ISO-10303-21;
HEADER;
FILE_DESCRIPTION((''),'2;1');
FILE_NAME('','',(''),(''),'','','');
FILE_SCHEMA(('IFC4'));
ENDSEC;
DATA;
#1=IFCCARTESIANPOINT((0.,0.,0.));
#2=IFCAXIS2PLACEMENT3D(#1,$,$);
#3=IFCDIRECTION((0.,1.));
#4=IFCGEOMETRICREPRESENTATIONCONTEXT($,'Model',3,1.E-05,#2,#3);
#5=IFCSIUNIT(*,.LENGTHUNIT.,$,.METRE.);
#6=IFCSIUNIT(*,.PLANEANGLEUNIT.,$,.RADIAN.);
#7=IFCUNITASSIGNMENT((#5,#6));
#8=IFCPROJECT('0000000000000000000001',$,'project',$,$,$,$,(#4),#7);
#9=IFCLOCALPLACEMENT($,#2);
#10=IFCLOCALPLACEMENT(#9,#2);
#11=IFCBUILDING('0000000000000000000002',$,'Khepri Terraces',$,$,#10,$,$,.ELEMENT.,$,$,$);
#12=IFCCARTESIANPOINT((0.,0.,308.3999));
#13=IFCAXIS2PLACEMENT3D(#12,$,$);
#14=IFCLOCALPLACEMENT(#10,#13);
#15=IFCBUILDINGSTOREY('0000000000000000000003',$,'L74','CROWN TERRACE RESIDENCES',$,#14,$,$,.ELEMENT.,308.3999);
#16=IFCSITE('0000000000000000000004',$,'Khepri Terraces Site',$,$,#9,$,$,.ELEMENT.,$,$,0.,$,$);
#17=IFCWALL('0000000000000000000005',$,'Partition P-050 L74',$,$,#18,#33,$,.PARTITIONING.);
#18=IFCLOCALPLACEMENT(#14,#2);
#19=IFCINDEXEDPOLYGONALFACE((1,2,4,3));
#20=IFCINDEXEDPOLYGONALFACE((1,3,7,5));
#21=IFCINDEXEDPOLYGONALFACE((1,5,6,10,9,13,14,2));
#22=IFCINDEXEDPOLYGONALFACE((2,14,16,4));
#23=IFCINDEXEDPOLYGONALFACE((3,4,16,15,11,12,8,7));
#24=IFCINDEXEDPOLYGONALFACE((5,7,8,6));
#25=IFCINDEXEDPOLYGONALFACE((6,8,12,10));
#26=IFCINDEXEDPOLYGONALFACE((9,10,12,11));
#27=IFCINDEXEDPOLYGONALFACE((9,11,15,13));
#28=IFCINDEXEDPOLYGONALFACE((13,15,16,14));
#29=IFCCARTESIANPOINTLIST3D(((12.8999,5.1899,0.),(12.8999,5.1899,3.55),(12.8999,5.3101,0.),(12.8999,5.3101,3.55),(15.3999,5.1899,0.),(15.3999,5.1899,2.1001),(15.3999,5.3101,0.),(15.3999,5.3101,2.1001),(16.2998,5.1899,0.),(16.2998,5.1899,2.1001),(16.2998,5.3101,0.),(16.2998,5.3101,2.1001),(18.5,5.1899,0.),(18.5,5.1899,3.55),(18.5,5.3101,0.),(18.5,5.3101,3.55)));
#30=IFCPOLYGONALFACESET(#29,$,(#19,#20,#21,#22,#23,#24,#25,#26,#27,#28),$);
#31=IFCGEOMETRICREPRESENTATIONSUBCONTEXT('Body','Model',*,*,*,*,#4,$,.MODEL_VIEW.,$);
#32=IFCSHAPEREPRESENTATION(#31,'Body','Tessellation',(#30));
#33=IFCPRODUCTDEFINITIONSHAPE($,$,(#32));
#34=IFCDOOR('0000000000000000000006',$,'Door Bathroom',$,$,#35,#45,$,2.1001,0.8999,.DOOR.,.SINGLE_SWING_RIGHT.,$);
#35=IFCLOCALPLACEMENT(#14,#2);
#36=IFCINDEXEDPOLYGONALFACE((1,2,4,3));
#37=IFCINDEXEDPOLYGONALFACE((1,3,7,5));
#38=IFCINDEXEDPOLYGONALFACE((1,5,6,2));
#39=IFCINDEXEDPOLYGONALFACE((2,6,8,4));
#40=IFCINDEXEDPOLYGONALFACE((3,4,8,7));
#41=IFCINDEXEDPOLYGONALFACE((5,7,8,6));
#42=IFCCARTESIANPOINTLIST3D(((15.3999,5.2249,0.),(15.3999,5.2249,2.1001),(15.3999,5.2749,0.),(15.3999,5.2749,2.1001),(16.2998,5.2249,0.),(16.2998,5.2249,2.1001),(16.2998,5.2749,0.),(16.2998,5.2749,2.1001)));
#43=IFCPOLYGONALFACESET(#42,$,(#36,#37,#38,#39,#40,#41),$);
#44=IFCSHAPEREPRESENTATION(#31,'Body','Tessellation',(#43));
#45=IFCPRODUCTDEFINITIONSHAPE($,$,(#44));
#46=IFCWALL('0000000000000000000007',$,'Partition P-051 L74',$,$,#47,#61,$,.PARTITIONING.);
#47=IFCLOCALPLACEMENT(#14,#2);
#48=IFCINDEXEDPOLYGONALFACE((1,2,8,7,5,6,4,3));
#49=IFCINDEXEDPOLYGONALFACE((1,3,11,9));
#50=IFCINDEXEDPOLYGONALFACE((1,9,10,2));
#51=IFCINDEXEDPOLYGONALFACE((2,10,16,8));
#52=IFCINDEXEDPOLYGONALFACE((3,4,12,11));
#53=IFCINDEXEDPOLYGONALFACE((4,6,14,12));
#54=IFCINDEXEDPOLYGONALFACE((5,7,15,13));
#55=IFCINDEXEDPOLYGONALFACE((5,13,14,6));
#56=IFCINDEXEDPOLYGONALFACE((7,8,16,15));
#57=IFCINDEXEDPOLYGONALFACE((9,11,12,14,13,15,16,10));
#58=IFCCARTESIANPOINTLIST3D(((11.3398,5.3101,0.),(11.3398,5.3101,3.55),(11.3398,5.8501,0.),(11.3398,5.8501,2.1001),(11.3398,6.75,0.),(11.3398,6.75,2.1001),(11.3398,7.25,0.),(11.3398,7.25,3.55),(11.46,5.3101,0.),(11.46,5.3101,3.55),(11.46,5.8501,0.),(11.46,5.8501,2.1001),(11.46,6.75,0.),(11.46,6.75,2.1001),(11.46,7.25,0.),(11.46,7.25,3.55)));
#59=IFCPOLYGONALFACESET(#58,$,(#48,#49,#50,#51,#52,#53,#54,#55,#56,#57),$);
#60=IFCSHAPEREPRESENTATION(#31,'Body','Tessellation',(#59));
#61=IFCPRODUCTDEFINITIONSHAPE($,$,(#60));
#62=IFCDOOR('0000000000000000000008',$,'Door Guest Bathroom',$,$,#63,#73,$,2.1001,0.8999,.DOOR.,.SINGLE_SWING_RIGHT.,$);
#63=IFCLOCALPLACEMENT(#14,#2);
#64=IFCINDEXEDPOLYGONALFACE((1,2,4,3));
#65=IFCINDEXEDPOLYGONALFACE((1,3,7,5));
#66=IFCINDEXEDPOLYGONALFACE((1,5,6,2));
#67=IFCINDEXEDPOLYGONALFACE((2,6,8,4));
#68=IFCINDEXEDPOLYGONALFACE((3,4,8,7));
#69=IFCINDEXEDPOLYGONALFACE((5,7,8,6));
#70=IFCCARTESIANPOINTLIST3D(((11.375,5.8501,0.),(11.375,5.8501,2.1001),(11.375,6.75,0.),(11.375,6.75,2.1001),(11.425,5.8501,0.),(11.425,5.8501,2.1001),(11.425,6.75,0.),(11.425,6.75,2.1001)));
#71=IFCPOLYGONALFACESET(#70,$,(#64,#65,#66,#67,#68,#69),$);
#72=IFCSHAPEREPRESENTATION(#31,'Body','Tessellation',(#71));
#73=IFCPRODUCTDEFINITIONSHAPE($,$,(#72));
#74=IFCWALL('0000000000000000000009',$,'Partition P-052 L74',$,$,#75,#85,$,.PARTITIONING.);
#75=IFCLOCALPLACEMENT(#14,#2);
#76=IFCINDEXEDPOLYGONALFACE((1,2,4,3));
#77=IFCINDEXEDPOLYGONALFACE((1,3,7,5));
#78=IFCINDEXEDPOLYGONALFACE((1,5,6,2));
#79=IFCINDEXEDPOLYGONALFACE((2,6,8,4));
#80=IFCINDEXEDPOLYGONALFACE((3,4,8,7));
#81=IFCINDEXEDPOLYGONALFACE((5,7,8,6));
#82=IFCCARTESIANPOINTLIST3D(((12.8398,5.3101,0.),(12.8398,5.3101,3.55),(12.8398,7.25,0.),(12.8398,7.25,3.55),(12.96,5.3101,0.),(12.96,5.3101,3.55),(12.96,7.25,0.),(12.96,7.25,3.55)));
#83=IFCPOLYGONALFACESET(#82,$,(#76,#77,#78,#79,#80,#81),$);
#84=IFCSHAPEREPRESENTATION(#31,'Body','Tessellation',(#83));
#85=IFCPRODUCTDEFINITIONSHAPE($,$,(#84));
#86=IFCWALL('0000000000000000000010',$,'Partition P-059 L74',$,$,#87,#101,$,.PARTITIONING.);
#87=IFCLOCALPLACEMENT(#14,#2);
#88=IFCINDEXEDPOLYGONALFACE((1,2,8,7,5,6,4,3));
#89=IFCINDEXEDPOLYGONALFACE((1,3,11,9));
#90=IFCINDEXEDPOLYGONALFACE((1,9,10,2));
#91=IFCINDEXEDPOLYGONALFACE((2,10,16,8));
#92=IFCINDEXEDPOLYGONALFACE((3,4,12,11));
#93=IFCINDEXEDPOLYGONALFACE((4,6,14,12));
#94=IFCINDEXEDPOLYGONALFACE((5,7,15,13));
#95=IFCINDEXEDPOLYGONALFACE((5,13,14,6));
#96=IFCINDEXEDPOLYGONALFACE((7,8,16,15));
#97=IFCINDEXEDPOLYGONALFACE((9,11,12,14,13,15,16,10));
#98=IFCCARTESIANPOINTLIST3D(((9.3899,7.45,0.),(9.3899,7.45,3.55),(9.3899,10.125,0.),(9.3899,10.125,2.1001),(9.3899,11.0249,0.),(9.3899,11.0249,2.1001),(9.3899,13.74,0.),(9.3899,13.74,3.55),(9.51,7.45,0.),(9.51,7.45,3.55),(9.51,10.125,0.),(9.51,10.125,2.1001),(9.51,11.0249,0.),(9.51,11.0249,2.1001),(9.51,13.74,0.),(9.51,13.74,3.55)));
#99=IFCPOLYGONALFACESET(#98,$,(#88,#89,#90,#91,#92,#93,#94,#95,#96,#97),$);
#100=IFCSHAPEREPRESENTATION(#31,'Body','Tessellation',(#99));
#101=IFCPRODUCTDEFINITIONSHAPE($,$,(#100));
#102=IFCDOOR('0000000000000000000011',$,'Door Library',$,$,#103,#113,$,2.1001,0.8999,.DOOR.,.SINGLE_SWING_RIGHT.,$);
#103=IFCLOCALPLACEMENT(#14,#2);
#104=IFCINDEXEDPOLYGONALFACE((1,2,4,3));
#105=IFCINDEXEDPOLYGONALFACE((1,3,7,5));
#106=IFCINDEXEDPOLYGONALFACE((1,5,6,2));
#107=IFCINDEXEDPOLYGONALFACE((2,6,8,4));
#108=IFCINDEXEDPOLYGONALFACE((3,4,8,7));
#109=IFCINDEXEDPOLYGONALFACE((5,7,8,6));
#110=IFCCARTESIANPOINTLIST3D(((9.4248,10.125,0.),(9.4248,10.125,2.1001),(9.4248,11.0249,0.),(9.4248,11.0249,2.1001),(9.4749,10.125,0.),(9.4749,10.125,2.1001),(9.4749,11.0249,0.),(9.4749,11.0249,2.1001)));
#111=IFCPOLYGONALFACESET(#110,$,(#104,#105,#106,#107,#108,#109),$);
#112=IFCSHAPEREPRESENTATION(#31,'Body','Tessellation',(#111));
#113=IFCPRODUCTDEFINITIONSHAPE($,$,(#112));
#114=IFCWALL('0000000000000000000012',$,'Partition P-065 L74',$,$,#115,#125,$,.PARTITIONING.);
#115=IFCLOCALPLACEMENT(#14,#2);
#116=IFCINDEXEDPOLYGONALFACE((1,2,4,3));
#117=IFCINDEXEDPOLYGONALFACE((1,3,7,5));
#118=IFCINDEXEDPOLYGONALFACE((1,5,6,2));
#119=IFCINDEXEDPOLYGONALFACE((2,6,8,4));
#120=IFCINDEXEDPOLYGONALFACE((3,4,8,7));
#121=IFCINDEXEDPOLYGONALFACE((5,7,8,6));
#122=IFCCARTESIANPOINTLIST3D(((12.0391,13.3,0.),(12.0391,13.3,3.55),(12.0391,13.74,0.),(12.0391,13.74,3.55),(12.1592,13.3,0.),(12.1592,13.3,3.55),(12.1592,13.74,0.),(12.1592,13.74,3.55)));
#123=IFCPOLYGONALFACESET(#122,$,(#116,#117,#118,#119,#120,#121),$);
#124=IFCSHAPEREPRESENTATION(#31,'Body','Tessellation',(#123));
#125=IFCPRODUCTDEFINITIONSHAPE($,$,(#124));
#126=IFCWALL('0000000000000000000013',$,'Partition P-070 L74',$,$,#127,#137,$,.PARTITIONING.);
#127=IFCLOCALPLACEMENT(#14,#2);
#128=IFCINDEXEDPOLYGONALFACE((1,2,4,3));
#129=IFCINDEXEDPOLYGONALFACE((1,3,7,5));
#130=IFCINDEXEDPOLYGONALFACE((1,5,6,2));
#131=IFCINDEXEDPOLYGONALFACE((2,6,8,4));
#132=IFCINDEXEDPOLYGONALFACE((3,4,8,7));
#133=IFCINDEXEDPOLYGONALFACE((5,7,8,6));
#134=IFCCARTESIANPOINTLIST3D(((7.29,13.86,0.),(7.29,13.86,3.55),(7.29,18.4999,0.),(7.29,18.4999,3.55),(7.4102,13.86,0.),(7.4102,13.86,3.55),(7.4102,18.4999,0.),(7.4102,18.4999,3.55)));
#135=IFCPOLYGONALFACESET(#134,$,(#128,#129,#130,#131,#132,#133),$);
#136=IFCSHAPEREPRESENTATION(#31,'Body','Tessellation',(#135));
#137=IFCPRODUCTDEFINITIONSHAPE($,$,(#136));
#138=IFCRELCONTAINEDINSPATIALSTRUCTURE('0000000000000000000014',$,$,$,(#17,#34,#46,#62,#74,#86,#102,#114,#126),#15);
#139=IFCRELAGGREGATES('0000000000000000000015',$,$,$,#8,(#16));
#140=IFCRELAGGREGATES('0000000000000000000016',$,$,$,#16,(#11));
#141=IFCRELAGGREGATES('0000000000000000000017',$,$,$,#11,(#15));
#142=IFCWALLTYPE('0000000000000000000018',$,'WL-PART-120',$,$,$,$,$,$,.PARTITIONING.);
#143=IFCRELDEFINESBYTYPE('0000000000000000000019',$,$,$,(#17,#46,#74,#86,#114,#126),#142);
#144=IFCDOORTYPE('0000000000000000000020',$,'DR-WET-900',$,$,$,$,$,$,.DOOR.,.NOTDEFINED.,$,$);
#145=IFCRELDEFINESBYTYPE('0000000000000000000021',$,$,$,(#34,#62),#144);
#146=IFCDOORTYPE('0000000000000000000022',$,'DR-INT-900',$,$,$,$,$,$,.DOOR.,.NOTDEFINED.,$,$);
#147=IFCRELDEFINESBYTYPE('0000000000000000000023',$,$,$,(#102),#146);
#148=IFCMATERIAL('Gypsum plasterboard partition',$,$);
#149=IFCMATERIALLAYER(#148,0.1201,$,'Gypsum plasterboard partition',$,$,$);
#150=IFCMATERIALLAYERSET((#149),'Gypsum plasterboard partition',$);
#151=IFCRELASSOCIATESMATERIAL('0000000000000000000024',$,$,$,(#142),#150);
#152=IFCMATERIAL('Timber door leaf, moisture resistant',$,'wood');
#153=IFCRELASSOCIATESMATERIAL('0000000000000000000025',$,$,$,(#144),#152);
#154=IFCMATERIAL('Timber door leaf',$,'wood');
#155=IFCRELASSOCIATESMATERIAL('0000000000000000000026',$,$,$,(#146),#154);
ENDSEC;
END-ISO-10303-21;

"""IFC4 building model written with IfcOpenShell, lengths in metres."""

from ifc_helpers import new_model, si_unit, direction, frame, frame_2d, origin, place, context, subcontext, project, spatial, rectangle, extrude, material, layer, layer_set, type_object, element, fill, save


model = new_model("IFC4")

# Units and contexts
model_context = context("Model", 3, precision=1e-05, world=origin(), true_north=direction((0.0, 1.0)))
body_context = subcontext(model_context, "Body", "Model", "MODEL_VIEW")
ifc_project = project(units=[si_unit("LENGTHUNIT", "METRE"), si_unit("PLANEANGLEUNIT", "RADIAN")], contexts=[model_context])

# Site, building, storey
site_placement = place(None, origin())
site = spatial("IfcSite", under=ifc_project, at=site_placement, Name="Khepri Terraces Site", CompositionType="ELEMENT", RefElevation=0.0)
building_placement = place(site_placement, origin())
building = spatial("IfcBuilding", under=site, at=building_placement, Name="Khepri Terraces", CompositionType="ELEMENT")
storey_placement = place(building_placement, frame((0.0, 0.0, 308.3999)))
storey = spatial("IfcBuildingStorey", under=building, at=storey_placement, Name="L74", Description="CROWN TERRACE RESIDENCES", CompositionType="ELEMENT", Elevation=308.3999)

# Shared definitions
ifc_material_1 = material(Name="Gypsum plasterboard partition")
ifc_layer_1 = layer(ifc_material_1, 0.1201, Name="Gypsum plasterboard partition")
ifc_layer_set_1 = layer_set([ifc_layer_1], Name="Gypsum plasterboard partition")
wall_type_1 = type_object("IfcWallType", Name="WL-PART-120", PredefinedType="PARTITIONING", material=ifc_layer_set_1)

# Walls, openings, doors
wall_1_placement = place(storey_placement, frame((12.8999, 5.25, 0.0), z_axis=(0.0, 0.0, 1.0), x_axis=(1.0, 0.0, 0.0)))
wall_1 = element("IfcWall", 1, at=wall_1_placement, inside=storey, type_object=wall_type_1, Name="Partition P-050 L74", PredefinedType="PARTITIONING", context=body_context, shape_type="SweptSolid", body=[
    extrude(rectangle(XDim=5.6001, YDim=0.1201, at=frame_2d((2.8, 0.0))), origin(), (0.0, 0.0, 1.0), 3.55),
])
opening_1_placement = place(wall_1_placement, frame((2.5, 0.0, 0.0)))
opening_1 = element("IfcOpeningElement", 2, at=opening_1_placement, cuts=wall_1, PredefinedType="OPENING", context=body_context, shape_type="SweptSolid", body=[
    extrude(rectangle(XDim=0.8999, YDim=2.1001, at=frame_2d((0.45, 1.05))), frame((0.0, 0.0701, 0.0), z_axis=(0.0, -1.0, 0.0), x_axis=(1.0, 0.0, 0.0)), (0.0, 0.0, 1.0), 0.1401),
])
ifc_material_2 = material(Name="Timber door leaf, moisture resistant", Category="wood")
door_type_1 = type_object("IfcDoorType", Name="DR-WET-900", OperationType="NOTDEFINED", PredefinedType="DOOR", material=ifc_material_2)
door_1_placement = place(opening_1_placement, origin())
door_1 = element("IfcDoor", 3, at=door_1_placement, inside=storey, type_object=door_type_1, Name="Door Bathroom", OperationType="SINGLE_SWING_RIGHT", OverallHeight=2.1001, OverallWidth=0.8999, PredefinedType="DOOR", context=body_context, shape_type="SweptSolid", body=[
    extrude(rectangle(XDim=0.8999, YDim=2.1001, at=frame_2d((0.45, 1.05))), frame((0.0, 0.0249, 0.0), z_axis=(0.0, -1.0, 0.0), x_axis=(1.0, 0.0, 0.0)), (0.0, 0.0, 1.0), 0.05),
])
fill(opening_1, door_1)
wall_2_placement = place(storey_placement, frame((11.3999, 5.3101, 0.0), z_axis=(0.0, 0.0, 1.0), x_axis=(0.0, 1.0, 0.0)))
wall_2 = element("IfcWall", 4, at=wall_2_placement, inside=storey, type_object=wall_type_1, Name="Partition P-051 L74", PredefinedType="PARTITIONING", context=body_context, shape_type="SweptSolid", body=[
    extrude(rectangle(XDim=1.9399, YDim=0.1201, at=frame_2d((0.97, 0.0))), origin(), (0.0, 0.0, 1.0), 3.55),
])
opening_2_placement = place(wall_2_placement, frame((0.54, 0.0, 0.0)))
opening_2 = element("IfcOpeningElement", 5, at=opening_2_placement, cuts=wall_2, PredefinedType="OPENING", context=body_context, shape_type="SweptSolid", body=[
    extrude(rectangle(XDim=0.8999, YDim=2.1001, at=frame_2d((0.45, 1.05))), frame((0.0, 0.0701, 0.0), z_axis=(0.0, -1.0, 0.0), x_axis=(1.0, 0.0, 0.0)), (0.0, 0.0, 1.0), 0.1401),
])
door_2_placement = place(opening_2_placement, origin())
door_2 = element("IfcDoor", 6, at=door_2_placement, inside=storey, type_object=door_type_1, Name="Door Guest Bathroom", OperationType="SINGLE_SWING_RIGHT", OverallHeight=2.1001, OverallWidth=0.8999, PredefinedType="DOOR", context=body_context, shape_type="SweptSolid", body=[
    extrude(rectangle(XDim=0.8999, YDim=2.1001, at=frame_2d((0.45, 1.05))), frame((0.0, 0.0249, 0.0), z_axis=(0.0, -1.0, 0.0), x_axis=(1.0, 0.0, 0.0)), (0.0, 0.0, 1.0), 0.05),
])
fill(opening_2, door_2)

# Wall
wall_3_placement = place(storey_placement, frame((12.8999, 5.3101, 0.0), z_axis=(0.0, 0.0, 1.0), x_axis=(0.0, 1.0, 0.0)))
element("IfcWall", 7, at=wall_3_placement, inside=storey, type_object=wall_type_1, Name="Partition P-052 L74", PredefinedType="PARTITIONING", context=body_context, shape_type="SweptSolid", body=[
    extrude(rectangle(XDim=1.9399, YDim=0.1201, at=frame_2d((0.97, 0.0))), origin(), (0.0, 0.0, 1.0), 3.55),
])

# Wall, opening, door
wall_4_placement = place(storey_placement, frame((9.45, 7.45, 0.0), z_axis=(0.0, 0.0, 1.0), x_axis=(0.0, 1.0, 0.0)))
wall_4 = element("IfcWall", 8, at=wall_4_placement, inside=storey, type_object=wall_type_1, Name="Partition P-059 L74", PredefinedType="PARTITIONING", context=body_context, shape_type="SweptSolid", body=[
    extrude(rectangle(XDim=6.29, YDim=0.1201, at=frame_2d((3.145, 0.0))), origin(), (0.0, 0.0, 1.0), 3.55),
])
opening_3_placement = place(wall_4_placement, frame((2.675, 0.0, 0.0)))
opening_3 = element("IfcOpeningElement", 9, at=opening_3_placement, cuts=wall_4, PredefinedType="OPENING", context=body_context, shape_type="SweptSolid", body=[
    extrude(rectangle(XDim=0.8999, YDim=2.1001, at=frame_2d((0.45, 1.05))), frame((0.0, 0.0701, 0.0), z_axis=(0.0, -1.0, 0.0), x_axis=(1.0, 0.0, 0.0)), (0.0, 0.0, 1.0), 0.1401),
])
ifc_material_3 = material(Name="Timber door leaf", Category="wood")
door_type_2 = type_object("IfcDoorType", Name="DR-INT-900", OperationType="NOTDEFINED", PredefinedType="DOOR", material=ifc_material_3)
door_3_placement = place(opening_3_placement, frame((0.8999, 0.0, 0.0), z_axis=(0.0, 0.0, 1.0), x_axis=(-1.0, 0.0, 0.0)))
door_3 = element("IfcDoor", 10, at=door_3_placement, inside=storey, type_object=door_type_2, Name="Door Library", OperationType="SINGLE_SWING_RIGHT", OverallHeight=2.1001, OverallWidth=0.8999, PredefinedType="DOOR", context=body_context, shape_type="SweptSolid", body=[
    extrude(rectangle(XDim=0.8999, YDim=2.1001, at=frame_2d((0.45, 1.05))), frame((0.0, 0.0249, 0.0), z_axis=(0.0, -1.0, 0.0), x_axis=(1.0, 0.0, 0.0)), (0.0, 0.0, 1.0), 0.05),
])
fill(opening_3, door_3)

# Walls
wall_5_placement = place(storey_placement, frame((12.0991, 13.3, 0.0), z_axis=(0.0, 0.0, 1.0), x_axis=(0.0, 1.0, 0.0)))
element("IfcWall", 11, at=wall_5_placement, inside=storey, type_object=wall_type_1, Name="Partition P-065 L74", PredefinedType="PARTITIONING", context=body_context, shape_type="SweptSolid", body=[
    extrude(rectangle(XDim=0.4399, YDim=0.1201, at=frame_2d((0.22, 0.0))), origin(), (0.0, 0.0, 1.0), 3.55),
])
wall_6_placement = place(storey_placement, frame((7.3501, 13.8601, 0.0), z_axis=(0.0, 0.0, 1.0), x_axis=(0.0, 1.0, 0.0)))
element("IfcWall", 12, at=wall_6_placement, inside=storey, type_object=wall_type_1, Name="Partition P-070 L74", PredefinedType="PARTITIONING", context=body_context, shape_type="SweptSolid", body=[
    extrude(rectangle(XDim=4.6399, YDim=0.1201, at=frame_2d((2.3198, 0.0))), origin(), (0.0, 0.0, 1.0), 3.55),
])

save(model, "model.ifc")
